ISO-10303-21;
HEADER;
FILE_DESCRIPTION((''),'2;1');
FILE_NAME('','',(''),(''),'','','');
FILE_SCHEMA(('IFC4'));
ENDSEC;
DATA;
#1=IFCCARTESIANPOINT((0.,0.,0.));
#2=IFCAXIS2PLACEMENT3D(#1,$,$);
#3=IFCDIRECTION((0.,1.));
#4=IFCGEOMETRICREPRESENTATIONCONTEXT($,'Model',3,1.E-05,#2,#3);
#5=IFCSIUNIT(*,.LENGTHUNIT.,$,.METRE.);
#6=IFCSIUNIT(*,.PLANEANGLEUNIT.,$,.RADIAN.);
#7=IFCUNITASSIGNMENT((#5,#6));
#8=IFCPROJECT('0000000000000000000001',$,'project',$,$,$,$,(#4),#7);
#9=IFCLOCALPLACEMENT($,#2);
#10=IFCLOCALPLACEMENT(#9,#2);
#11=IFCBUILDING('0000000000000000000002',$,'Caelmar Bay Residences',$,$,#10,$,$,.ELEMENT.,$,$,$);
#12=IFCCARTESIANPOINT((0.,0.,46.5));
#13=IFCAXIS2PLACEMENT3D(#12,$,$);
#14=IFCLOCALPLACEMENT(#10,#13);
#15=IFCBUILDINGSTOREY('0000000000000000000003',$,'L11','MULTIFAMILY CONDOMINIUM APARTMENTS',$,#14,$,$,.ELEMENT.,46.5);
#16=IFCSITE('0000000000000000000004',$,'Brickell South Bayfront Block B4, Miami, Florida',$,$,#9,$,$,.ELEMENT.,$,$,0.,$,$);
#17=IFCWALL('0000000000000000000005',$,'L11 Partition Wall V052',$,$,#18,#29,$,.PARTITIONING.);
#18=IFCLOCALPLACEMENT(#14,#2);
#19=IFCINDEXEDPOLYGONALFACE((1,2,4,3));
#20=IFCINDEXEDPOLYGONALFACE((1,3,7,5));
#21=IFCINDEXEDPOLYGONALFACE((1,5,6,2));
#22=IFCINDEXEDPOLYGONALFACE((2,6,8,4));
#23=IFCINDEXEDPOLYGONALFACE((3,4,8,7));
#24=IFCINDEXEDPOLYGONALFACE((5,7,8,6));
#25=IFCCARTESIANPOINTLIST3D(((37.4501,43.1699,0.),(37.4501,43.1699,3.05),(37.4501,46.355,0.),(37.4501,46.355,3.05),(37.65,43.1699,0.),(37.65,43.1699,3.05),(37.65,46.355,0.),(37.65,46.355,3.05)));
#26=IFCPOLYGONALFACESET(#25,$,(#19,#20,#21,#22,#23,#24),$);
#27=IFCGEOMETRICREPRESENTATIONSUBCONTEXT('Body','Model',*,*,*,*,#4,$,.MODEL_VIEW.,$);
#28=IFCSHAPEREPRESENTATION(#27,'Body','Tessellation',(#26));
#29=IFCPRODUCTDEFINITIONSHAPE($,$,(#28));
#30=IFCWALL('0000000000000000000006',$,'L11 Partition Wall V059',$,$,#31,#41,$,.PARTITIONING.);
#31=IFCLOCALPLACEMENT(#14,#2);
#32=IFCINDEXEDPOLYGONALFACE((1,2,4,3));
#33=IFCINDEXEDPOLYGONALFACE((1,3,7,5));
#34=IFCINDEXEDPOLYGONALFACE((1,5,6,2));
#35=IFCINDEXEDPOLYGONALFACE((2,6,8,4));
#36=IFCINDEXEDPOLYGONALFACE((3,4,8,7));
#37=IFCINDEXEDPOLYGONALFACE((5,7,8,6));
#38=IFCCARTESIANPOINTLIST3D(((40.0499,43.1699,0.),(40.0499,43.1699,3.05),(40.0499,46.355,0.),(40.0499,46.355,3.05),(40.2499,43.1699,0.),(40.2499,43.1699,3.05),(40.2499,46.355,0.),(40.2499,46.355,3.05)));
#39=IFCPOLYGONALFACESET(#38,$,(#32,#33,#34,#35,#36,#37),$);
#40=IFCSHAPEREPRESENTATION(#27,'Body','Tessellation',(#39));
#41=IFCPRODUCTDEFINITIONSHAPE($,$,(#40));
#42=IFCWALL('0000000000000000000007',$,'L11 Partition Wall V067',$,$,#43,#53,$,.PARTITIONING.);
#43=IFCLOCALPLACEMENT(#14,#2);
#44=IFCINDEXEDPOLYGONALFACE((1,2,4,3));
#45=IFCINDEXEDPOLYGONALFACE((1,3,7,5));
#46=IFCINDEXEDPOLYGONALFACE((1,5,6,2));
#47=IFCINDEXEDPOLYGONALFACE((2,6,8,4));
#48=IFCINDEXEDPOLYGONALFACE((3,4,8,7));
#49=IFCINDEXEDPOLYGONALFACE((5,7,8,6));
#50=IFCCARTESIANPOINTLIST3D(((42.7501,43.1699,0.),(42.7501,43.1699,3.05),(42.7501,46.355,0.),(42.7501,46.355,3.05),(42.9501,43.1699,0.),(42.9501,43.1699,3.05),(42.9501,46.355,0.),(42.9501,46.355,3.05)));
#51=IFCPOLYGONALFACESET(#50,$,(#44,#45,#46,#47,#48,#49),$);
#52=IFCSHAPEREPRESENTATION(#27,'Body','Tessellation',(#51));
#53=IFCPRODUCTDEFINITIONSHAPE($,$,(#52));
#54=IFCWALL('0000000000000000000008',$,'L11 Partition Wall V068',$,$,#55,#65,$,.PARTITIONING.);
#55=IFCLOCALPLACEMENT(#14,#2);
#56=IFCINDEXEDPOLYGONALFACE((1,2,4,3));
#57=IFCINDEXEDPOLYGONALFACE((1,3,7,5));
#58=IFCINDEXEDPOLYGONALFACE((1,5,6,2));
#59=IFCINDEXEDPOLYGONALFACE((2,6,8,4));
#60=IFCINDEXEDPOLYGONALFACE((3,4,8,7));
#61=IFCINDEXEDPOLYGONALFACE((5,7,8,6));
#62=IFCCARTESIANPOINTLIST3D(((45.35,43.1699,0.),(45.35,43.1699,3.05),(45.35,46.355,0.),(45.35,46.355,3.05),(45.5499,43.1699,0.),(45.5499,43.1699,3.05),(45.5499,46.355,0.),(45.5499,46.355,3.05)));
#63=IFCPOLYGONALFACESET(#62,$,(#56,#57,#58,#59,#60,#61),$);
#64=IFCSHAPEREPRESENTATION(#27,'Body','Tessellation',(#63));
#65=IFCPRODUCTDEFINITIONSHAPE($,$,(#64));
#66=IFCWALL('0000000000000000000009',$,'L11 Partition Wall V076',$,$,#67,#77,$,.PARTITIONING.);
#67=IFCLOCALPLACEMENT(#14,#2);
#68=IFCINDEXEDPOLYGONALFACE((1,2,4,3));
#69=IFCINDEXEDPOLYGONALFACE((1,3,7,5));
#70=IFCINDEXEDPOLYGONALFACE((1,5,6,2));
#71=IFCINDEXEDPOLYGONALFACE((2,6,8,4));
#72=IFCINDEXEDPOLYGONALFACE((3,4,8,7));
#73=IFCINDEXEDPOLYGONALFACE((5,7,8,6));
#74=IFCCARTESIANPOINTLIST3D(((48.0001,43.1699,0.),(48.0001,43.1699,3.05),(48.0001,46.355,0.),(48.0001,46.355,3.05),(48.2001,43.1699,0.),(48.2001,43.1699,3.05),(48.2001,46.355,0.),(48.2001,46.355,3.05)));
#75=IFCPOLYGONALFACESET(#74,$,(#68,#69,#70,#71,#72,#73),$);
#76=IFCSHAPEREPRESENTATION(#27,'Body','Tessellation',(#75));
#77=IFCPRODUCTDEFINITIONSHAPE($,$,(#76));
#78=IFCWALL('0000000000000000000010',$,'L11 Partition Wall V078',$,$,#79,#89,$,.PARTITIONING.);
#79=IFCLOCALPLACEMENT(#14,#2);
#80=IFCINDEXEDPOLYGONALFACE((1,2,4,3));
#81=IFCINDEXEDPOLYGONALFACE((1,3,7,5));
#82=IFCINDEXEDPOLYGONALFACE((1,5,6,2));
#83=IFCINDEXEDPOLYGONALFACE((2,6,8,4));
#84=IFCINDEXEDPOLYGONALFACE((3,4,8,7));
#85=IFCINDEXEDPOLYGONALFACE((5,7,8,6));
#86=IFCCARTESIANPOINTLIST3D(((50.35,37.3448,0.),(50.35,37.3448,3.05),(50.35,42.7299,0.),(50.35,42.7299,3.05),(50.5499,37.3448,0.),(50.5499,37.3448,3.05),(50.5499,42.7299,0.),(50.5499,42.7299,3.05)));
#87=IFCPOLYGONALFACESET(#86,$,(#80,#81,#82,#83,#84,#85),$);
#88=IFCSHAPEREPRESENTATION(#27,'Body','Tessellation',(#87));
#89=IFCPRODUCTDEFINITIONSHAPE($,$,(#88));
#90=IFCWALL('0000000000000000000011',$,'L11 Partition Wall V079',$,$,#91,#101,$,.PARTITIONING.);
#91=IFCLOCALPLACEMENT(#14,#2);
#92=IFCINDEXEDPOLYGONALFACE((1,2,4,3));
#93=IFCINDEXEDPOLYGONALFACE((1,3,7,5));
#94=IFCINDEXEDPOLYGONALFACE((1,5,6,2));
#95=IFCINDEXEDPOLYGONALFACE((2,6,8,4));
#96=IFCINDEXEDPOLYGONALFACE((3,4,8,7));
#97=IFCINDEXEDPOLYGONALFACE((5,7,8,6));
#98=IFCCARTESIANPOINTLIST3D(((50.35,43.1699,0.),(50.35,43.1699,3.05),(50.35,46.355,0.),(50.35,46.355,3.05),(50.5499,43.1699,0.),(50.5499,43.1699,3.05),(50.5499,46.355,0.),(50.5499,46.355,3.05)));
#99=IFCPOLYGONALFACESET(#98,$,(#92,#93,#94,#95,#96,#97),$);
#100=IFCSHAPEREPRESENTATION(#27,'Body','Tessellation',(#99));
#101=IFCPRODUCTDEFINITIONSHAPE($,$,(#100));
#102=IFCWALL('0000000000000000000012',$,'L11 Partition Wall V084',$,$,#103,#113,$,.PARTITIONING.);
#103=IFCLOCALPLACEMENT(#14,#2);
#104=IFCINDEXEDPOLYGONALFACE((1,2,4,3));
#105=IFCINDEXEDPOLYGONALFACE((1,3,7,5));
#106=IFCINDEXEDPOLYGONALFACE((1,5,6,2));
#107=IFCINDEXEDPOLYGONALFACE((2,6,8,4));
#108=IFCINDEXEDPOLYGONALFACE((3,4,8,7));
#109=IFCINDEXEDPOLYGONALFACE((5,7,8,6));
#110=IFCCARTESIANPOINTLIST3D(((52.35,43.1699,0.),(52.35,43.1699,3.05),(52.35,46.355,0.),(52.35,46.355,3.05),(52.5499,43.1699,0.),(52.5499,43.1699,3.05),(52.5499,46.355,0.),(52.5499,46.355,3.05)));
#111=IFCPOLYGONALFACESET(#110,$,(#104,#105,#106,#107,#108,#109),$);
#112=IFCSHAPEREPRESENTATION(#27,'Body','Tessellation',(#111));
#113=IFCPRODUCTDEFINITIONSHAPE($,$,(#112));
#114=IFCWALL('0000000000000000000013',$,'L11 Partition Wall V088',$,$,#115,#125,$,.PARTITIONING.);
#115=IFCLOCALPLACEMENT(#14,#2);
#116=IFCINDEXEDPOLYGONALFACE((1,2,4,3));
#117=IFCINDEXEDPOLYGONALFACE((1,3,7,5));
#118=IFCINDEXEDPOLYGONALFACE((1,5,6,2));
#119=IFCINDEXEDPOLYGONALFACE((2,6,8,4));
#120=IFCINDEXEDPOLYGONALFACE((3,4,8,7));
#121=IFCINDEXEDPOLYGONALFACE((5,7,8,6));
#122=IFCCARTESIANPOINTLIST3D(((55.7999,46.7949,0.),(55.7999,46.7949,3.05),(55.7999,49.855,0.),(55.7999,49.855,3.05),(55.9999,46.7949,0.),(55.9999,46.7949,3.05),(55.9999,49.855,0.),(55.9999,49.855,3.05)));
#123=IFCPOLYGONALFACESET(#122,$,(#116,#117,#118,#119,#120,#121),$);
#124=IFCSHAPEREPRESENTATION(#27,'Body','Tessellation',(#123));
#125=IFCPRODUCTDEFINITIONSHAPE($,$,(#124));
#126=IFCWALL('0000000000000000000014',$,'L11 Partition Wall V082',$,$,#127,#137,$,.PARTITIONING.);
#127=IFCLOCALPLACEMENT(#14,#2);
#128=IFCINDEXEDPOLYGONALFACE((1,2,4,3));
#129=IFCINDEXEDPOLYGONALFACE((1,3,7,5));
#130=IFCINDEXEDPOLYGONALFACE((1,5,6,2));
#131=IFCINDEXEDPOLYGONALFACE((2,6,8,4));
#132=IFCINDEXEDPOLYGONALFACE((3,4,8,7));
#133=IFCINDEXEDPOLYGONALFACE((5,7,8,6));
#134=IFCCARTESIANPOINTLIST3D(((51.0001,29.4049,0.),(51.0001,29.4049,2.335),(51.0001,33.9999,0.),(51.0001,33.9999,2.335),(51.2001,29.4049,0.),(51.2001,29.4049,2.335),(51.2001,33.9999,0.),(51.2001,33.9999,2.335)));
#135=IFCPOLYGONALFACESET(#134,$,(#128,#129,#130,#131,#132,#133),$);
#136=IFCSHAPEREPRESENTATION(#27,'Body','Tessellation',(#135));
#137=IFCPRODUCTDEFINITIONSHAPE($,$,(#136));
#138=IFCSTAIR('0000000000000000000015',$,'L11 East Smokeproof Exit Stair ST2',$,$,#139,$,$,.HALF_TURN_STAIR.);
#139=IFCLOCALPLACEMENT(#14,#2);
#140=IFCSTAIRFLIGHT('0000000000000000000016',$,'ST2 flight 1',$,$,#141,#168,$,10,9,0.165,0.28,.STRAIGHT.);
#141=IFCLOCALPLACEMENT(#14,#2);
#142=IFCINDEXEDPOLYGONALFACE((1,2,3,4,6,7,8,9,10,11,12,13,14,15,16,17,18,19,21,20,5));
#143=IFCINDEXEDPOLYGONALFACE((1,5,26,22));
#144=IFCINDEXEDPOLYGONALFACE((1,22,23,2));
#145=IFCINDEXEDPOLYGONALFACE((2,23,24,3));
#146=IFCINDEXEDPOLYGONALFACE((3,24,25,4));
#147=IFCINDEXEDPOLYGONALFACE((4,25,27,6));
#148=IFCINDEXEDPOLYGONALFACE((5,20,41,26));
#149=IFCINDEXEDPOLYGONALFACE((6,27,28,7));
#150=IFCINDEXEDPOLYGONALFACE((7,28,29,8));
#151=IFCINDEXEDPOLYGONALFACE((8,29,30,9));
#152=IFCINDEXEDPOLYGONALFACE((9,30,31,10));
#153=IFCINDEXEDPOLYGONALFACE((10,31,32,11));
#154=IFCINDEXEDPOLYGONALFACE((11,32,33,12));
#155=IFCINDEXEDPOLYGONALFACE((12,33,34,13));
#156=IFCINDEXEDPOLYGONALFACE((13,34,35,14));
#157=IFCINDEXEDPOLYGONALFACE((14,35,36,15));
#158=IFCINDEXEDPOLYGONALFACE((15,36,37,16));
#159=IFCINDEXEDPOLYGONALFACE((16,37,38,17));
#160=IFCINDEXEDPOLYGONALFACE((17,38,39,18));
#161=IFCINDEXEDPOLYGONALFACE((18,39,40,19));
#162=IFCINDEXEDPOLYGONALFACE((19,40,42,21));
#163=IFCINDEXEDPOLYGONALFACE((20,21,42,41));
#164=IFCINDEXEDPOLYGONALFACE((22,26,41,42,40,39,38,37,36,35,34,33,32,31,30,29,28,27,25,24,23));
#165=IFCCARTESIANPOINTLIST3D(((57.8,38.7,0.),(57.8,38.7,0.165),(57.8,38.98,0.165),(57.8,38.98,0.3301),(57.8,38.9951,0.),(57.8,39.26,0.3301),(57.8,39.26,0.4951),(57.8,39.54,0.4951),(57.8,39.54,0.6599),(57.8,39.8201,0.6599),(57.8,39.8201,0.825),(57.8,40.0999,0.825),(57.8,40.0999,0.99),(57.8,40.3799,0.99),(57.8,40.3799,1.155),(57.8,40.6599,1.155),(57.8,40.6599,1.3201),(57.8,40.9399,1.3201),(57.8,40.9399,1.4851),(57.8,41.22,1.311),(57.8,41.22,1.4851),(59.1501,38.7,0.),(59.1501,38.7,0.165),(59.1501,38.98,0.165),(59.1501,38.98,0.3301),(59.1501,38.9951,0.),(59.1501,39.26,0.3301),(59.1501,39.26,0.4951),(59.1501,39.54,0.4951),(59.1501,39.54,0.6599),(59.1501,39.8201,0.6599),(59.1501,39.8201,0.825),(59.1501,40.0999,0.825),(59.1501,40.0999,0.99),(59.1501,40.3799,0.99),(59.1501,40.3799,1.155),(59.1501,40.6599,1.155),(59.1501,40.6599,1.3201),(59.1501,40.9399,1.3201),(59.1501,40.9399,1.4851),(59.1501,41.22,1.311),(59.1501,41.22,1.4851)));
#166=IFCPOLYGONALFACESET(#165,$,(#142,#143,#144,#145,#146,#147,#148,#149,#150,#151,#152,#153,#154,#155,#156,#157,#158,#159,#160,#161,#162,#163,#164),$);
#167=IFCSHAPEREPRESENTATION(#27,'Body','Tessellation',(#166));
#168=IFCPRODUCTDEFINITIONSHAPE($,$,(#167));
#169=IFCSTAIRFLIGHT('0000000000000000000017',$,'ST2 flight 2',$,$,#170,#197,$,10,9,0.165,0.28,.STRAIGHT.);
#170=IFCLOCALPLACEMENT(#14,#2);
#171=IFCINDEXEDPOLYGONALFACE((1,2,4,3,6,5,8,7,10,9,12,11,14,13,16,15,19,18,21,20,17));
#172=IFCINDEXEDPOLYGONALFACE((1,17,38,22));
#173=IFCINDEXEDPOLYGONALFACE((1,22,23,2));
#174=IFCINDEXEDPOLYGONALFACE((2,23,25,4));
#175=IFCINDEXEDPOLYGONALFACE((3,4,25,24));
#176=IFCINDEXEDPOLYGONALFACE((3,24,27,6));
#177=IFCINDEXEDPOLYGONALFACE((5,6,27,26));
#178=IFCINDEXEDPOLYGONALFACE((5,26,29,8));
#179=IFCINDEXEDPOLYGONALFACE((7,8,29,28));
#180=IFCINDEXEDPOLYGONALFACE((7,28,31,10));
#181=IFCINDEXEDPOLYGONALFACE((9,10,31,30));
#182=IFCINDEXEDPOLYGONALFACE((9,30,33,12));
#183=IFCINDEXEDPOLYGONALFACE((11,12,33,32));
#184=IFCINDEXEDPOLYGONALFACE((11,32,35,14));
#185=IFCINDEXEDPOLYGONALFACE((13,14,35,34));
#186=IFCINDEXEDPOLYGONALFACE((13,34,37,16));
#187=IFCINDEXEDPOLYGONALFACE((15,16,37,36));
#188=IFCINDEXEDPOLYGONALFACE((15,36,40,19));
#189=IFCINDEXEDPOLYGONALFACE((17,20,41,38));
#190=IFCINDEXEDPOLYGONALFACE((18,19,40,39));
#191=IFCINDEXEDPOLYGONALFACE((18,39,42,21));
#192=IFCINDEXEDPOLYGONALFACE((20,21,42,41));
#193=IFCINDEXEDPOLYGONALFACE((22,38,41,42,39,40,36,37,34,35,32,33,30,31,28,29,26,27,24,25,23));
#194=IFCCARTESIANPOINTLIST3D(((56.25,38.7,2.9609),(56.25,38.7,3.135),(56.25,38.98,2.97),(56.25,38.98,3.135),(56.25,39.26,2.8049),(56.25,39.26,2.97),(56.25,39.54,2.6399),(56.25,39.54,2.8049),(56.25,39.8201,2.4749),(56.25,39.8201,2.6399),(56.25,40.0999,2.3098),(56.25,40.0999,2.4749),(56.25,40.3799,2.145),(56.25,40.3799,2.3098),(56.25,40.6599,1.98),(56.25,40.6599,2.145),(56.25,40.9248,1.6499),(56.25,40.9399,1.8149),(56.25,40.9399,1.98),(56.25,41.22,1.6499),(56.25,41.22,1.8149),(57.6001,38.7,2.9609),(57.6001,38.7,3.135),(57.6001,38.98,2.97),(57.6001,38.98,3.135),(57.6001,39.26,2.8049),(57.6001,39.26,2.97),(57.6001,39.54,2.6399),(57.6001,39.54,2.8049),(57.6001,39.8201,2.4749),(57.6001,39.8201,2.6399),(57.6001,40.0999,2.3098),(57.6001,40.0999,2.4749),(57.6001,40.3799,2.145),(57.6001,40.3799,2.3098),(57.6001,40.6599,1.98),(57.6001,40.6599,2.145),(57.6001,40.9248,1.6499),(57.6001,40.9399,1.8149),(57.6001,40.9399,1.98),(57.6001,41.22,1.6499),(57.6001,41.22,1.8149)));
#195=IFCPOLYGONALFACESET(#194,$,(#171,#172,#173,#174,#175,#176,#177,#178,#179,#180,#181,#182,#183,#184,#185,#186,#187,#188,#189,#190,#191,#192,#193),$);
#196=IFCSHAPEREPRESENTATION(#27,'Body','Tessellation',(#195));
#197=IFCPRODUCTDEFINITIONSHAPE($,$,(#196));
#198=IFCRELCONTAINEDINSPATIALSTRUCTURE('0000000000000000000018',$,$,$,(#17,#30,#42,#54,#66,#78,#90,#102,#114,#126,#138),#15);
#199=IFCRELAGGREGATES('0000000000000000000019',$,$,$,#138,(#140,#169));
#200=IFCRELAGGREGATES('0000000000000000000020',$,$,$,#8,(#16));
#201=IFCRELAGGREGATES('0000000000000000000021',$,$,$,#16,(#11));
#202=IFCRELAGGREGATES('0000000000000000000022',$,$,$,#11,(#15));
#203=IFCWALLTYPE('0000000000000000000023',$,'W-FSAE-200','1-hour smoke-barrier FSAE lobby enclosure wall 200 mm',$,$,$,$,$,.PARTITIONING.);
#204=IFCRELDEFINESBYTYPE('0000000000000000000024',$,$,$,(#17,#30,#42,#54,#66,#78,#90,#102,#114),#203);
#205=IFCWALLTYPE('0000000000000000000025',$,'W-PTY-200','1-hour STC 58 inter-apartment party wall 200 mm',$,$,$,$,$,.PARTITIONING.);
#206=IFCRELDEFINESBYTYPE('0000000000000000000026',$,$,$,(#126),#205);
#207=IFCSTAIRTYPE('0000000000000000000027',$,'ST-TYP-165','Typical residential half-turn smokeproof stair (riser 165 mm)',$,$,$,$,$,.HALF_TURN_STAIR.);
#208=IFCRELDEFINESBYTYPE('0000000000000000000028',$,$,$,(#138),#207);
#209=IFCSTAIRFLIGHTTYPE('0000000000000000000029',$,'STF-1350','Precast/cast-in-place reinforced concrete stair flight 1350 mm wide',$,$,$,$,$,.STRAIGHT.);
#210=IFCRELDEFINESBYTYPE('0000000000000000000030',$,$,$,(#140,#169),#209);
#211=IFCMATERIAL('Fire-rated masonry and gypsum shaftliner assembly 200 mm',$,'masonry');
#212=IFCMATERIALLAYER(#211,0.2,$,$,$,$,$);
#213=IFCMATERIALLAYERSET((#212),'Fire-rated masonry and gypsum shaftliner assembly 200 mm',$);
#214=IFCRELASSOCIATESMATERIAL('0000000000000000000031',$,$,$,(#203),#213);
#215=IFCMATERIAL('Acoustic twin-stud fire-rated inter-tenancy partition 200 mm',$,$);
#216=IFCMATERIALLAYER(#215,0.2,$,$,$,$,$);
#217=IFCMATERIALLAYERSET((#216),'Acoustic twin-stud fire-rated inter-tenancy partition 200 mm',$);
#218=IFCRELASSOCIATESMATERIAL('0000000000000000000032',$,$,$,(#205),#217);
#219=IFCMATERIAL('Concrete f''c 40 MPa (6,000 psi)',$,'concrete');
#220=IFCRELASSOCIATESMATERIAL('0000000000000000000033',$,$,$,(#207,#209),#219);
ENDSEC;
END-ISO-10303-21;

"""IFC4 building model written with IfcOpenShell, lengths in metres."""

from ifc_helpers import new_model, si_unit, direction, frame, frame_2d, origin, place, context, subcontext, project, spatial, polyline, rectangle, outline, extrude, material, layer, layer_set, type_object, element, aggregate, save


model = new_model("IFC4")

# Units and contexts
model_context = context("Model", 3, precision=1e-05, world=origin(), true_north=direction((0.0, 1.0)))
body_context = subcontext(model_context, "Body", "Model", "MODEL_VIEW")
ifc_project = project(units=[si_unit("LENGTHUNIT", "METRE"), si_unit("PLANEANGLEUNIT", "RADIAN")], contexts=[model_context])

# Site, building, storey
site_placement = place(None, origin())
site = spatial("IfcSite", under=ifc_project, at=site_placement, Name="Brickell South Bayfront Block B4, Miami, Florida", CompositionType="ELEMENT", RefElevation=0.0)
building_placement = place(site_placement, origin())
building = spatial("IfcBuilding", under=site, at=building_placement, Name="Caelmar Bay Residences", CompositionType="ELEMENT")
storey_placement = place(building_placement, frame((0.0, 0.0, 46.5)))
storey = spatial("IfcBuildingStorey", under=building, at=storey_placement, Name="L11", Description="MULTIFAMILY CONDOMINIUM APARTMENTS", CompositionType="ELEMENT", Elevation=46.5)

# Walls
ifc_material_1 = material(Name="Fire-rated masonry and gypsum shaftliner assembly 200 mm", Category="masonry")
ifc_layer_1 = layer(ifc_material_1, 0.2)
ifc_layer_set_1 = layer_set([ifc_layer_1], Name="Fire-rated masonry and gypsum shaftliner assembly 200 mm")
wall_type_1 = type_object("IfcWallType", Name="W-FSAE-200", Description="1-hour smoke-barrier FSAE lobby enclosure wall 200 mm", PredefinedType="PARTITIONING", material=ifc_layer_set_1)
for number, where, z_axis, x_axis, name in (
    (1, (37.55, 43.1699, 0.0), (0.0, 0.0, 1.0), (0.0, 1.0, 0.0), "L11 Partition Wall V052"),
    (2, (40.1499, 43.1699, 0.0), (0.0, 0.0, 1.0), (0.0, 1.0, 0.0), "L11 Partition Wall V059"),
    (3, (42.8501, 43.1699, 0.0), (0.0, 0.0, 1.0), (0.0, 1.0, 0.0), "L11 Partition Wall V067"),
    (4, (45.45, 43.1699, 0.0), (0.0, 0.0, 1.0), (0.0, 1.0, 0.0), "L11 Partition Wall V068"),
    (5, (48.1001, 43.1699, 0.0), (0.0, 0.0, 1.0), (0.0, 1.0, 0.0), "L11 Partition Wall V076"),
):
    element("IfcWall", number, at=place(storey_placement, frame(where, z_axis=z_axis, x_axis=x_axis)), inside=storey, type_object=wall_type_1, Name=name, PredefinedType="PARTITIONING", context=body_context, shape_type="SweptSolid", body=[
        extrude(rectangle(XDim=3.1851, YDim=0.2, at=frame_2d((1.5925, 0.0))), origin(), (0.0, 0.0, 1.0), 3.05),
    ])
wall_1_placement = place(storey_placement, frame((50.45, 37.345, 0.0), z_axis=(0.0, 0.0, 1.0), x_axis=(0.0, 1.0, 0.0)))
element("IfcWall", 6, at=wall_1_placement, inside=storey, type_object=wall_type_1, Name="L11 Partition Wall V078", PredefinedType="PARTITIONING", context=body_context, shape_type="SweptSolid", body=[
    extrude(rectangle(XDim=5.385, YDim=0.2, at=frame_2d((2.6924, 0.0))), origin(), (0.0, 0.0, 1.0), 3.05),
])
for number, where, z_axis, x_axis, name in (
    (7, (50.45, 43.1699, 0.0), (0.0, 0.0, 1.0), (0.0, 1.0, 0.0), "L11 Partition Wall V079"),
    (8, (52.45, 43.1699, 0.0), (0.0, 0.0, 1.0), (0.0, 1.0, 0.0), "L11 Partition Wall V084"),
):
    element("IfcWall", number, at=place(storey_placement, frame(where, z_axis=z_axis, x_axis=x_axis)), inside=storey, type_object=wall_type_1, Name=name, PredefinedType="PARTITIONING", context=body_context, shape_type="SweptSolid", body=[
        extrude(rectangle(XDim=3.1851, YDim=0.2, at=frame_2d((1.5925, 0.0))), origin(), (0.0, 0.0, 1.0), 3.05),
    ])
wall_2_placement = place(storey_placement, frame((55.8999, 46.7949, 0.0), z_axis=(0.0, 0.0, 1.0), x_axis=(0.0, 1.0, 0.0)))
element("IfcWall", 9, at=wall_2_placement, inside=storey, type_object=wall_type_1, Name="L11 Partition Wall V088", PredefinedType="PARTITIONING", context=body_context, shape_type="SweptSolid", body=[
    extrude(rectangle(XDim=3.0601, YDim=0.2, at=frame_2d((1.53, 0.0))), origin(), (0.0, 0.0, 1.0), 3.05),
])
ifc_material_2 = material(Name="Acoustic twin-stud fire-rated inter-tenancy partition 200 mm")
ifc_layer_2 = layer(ifc_material_2, 0.2)
ifc_layer_set_2 = layer_set([ifc_layer_2], Name="Acoustic twin-stud fire-rated inter-tenancy partition 200 mm")
wall_type_2 = type_object("IfcWallType", Name="W-PTY-200", Description="1-hour STC 58 inter-apartment party wall 200 mm", PredefinedType="PARTITIONING", material=ifc_layer_set_2)
wall_3_placement = place(storey_placement, frame((51.1001, 29.405, 0.0), z_axis=(0.0, 0.0, 1.0), x_axis=(0.0, 1.0, 0.0)))
element("IfcWall", 10, at=wall_3_placement, inside=storey, type_object=wall_type_2, Name="L11 Partition Wall V082", PredefinedType="PARTITIONING", context=body_context, shape_type="SweptSolid", body=[
    extrude(rectangle(XDim=4.595, YDim=0.2, at=frame_2d((2.2974, 0.0))), origin(), (0.0, 0.0, 1.0), 2.335),
])

# Stair, stair flights
ifc_material_3 = material(Name="Concrete f'c 40 MPa (6,000 psi)", Category="concrete")
stair_type = type_object("IfcStairType", Name="ST-TYP-165", Description="Typical residential half-turn smokeproof stair (riser 165 mm)", PredefinedType="HALF_TURN_STAIR", material=ifc_material_3)
stair_placement = place(storey_placement, origin())
stair = element("IfcStair", 11, at=stair_placement, inside=storey, type_object=stair_type, Name="L11 East Smokeproof Exit Stair ST2", PredefinedType="HALF_TURN_STAIR")
stair_flight_type = type_object("IfcStairFlightType", Name="STF-1350", Description="Precast/cast-in-place reinforced concrete stair flight 1350 mm wide", PredefinedType="STRAIGHT", material=ifc_material_3)
stair_flight_1_placement = place(storey_placement, frame((58.4751, 38.7, 0.0), z_axis=(0.0, 0.0, 1.0), x_axis=(0.0, 1.0, 0.0)))
stair_flight_1 = element("IfcStairFlight", 12, at=stair_flight_1_placement, type_object=stair_flight_type, Name="ST2 flight 1", NumberOfRisers=10, NumberOfTreads=9, PredefinedType="STRAIGHT", RiserHeight=0.165, TreadLength=0.28, context=body_context, shape_type="SweptSolid", body=[
    extrude(outline(polyline([(0.0, 0.0), (0.0, 0.165), (0.28, 0.165), (0.28, 0.3301), (0.5601, 0.3301), (0.5601, 0.4951), (0.8401, 0.4951), (0.8401, 0.6599), (1.1201, 0.6599), (1.1201, 0.825), (1.3999, 0.825), (1.3999, 0.99), (1.6799, 0.99), (1.6799, 1.155), (1.96, 1.155), (1.96, 1.3201), (2.24, 1.3201), (2.24, 1.4851), (2.52, 1.4851), (2.52, 1.6499), (2.52, 1.311), (0.2952, 0.0), (0.0, 0.0)])), frame((0.0, 0.675, 0.0), z_axis=(0.0, -1.0, 0.0), x_axis=(1.0, 0.0, 0.0)), (0.0, 0.0, 1.0), 1.3501),
])
stair_flight_2_placement = place(storey_placement, frame((56.925, 41.22, 1.6499), z_axis=(0.0, 0.0, 1.0), x_axis=(0.0, -1.0, 0.0)))
stair_flight_2 = element("IfcStairFlight", 13, at=stair_flight_2_placement, type_object=stair_flight_type, Name="ST2 flight 2", NumberOfRisers=10, NumberOfTreads=9, PredefinedType="STRAIGHT", RiserHeight=0.165, TreadLength=0.28, context=body_context, shape_type="SweptSolid", body=[
    extrude(outline(polyline([(0.0, 0.0), (0.0, 0.165), (0.28, 0.165), (0.28, 0.3301), (0.5601, 0.3301), (0.5601, 0.4951), (0.8401, 0.4951), (0.8401, 0.6599), (1.1201, 0.6599), (1.1201, 0.825), (1.3999, 0.825), (1.3999, 0.99), (1.6799, 0.99), (1.6799, 1.155), (1.96, 1.155), (1.96, 1.3201), (2.24, 1.3201), (2.24, 1.4851), (2.52, 1.4851), (2.52, 1.6499), (2.52, 1.311), (0.2952, 0.0), (0.0, 0.0)])), frame((0.0, 0.675, 0.0), z_axis=(0.0, -1.0, 0.0), x_axis=(1.0, 0.0, 0.0)), (0.0, 0.0, 1.0), 1.3501),
])
aggregate(stair, [stair_flight_1, stair_flight_2])

save(model, "model.ifc")
